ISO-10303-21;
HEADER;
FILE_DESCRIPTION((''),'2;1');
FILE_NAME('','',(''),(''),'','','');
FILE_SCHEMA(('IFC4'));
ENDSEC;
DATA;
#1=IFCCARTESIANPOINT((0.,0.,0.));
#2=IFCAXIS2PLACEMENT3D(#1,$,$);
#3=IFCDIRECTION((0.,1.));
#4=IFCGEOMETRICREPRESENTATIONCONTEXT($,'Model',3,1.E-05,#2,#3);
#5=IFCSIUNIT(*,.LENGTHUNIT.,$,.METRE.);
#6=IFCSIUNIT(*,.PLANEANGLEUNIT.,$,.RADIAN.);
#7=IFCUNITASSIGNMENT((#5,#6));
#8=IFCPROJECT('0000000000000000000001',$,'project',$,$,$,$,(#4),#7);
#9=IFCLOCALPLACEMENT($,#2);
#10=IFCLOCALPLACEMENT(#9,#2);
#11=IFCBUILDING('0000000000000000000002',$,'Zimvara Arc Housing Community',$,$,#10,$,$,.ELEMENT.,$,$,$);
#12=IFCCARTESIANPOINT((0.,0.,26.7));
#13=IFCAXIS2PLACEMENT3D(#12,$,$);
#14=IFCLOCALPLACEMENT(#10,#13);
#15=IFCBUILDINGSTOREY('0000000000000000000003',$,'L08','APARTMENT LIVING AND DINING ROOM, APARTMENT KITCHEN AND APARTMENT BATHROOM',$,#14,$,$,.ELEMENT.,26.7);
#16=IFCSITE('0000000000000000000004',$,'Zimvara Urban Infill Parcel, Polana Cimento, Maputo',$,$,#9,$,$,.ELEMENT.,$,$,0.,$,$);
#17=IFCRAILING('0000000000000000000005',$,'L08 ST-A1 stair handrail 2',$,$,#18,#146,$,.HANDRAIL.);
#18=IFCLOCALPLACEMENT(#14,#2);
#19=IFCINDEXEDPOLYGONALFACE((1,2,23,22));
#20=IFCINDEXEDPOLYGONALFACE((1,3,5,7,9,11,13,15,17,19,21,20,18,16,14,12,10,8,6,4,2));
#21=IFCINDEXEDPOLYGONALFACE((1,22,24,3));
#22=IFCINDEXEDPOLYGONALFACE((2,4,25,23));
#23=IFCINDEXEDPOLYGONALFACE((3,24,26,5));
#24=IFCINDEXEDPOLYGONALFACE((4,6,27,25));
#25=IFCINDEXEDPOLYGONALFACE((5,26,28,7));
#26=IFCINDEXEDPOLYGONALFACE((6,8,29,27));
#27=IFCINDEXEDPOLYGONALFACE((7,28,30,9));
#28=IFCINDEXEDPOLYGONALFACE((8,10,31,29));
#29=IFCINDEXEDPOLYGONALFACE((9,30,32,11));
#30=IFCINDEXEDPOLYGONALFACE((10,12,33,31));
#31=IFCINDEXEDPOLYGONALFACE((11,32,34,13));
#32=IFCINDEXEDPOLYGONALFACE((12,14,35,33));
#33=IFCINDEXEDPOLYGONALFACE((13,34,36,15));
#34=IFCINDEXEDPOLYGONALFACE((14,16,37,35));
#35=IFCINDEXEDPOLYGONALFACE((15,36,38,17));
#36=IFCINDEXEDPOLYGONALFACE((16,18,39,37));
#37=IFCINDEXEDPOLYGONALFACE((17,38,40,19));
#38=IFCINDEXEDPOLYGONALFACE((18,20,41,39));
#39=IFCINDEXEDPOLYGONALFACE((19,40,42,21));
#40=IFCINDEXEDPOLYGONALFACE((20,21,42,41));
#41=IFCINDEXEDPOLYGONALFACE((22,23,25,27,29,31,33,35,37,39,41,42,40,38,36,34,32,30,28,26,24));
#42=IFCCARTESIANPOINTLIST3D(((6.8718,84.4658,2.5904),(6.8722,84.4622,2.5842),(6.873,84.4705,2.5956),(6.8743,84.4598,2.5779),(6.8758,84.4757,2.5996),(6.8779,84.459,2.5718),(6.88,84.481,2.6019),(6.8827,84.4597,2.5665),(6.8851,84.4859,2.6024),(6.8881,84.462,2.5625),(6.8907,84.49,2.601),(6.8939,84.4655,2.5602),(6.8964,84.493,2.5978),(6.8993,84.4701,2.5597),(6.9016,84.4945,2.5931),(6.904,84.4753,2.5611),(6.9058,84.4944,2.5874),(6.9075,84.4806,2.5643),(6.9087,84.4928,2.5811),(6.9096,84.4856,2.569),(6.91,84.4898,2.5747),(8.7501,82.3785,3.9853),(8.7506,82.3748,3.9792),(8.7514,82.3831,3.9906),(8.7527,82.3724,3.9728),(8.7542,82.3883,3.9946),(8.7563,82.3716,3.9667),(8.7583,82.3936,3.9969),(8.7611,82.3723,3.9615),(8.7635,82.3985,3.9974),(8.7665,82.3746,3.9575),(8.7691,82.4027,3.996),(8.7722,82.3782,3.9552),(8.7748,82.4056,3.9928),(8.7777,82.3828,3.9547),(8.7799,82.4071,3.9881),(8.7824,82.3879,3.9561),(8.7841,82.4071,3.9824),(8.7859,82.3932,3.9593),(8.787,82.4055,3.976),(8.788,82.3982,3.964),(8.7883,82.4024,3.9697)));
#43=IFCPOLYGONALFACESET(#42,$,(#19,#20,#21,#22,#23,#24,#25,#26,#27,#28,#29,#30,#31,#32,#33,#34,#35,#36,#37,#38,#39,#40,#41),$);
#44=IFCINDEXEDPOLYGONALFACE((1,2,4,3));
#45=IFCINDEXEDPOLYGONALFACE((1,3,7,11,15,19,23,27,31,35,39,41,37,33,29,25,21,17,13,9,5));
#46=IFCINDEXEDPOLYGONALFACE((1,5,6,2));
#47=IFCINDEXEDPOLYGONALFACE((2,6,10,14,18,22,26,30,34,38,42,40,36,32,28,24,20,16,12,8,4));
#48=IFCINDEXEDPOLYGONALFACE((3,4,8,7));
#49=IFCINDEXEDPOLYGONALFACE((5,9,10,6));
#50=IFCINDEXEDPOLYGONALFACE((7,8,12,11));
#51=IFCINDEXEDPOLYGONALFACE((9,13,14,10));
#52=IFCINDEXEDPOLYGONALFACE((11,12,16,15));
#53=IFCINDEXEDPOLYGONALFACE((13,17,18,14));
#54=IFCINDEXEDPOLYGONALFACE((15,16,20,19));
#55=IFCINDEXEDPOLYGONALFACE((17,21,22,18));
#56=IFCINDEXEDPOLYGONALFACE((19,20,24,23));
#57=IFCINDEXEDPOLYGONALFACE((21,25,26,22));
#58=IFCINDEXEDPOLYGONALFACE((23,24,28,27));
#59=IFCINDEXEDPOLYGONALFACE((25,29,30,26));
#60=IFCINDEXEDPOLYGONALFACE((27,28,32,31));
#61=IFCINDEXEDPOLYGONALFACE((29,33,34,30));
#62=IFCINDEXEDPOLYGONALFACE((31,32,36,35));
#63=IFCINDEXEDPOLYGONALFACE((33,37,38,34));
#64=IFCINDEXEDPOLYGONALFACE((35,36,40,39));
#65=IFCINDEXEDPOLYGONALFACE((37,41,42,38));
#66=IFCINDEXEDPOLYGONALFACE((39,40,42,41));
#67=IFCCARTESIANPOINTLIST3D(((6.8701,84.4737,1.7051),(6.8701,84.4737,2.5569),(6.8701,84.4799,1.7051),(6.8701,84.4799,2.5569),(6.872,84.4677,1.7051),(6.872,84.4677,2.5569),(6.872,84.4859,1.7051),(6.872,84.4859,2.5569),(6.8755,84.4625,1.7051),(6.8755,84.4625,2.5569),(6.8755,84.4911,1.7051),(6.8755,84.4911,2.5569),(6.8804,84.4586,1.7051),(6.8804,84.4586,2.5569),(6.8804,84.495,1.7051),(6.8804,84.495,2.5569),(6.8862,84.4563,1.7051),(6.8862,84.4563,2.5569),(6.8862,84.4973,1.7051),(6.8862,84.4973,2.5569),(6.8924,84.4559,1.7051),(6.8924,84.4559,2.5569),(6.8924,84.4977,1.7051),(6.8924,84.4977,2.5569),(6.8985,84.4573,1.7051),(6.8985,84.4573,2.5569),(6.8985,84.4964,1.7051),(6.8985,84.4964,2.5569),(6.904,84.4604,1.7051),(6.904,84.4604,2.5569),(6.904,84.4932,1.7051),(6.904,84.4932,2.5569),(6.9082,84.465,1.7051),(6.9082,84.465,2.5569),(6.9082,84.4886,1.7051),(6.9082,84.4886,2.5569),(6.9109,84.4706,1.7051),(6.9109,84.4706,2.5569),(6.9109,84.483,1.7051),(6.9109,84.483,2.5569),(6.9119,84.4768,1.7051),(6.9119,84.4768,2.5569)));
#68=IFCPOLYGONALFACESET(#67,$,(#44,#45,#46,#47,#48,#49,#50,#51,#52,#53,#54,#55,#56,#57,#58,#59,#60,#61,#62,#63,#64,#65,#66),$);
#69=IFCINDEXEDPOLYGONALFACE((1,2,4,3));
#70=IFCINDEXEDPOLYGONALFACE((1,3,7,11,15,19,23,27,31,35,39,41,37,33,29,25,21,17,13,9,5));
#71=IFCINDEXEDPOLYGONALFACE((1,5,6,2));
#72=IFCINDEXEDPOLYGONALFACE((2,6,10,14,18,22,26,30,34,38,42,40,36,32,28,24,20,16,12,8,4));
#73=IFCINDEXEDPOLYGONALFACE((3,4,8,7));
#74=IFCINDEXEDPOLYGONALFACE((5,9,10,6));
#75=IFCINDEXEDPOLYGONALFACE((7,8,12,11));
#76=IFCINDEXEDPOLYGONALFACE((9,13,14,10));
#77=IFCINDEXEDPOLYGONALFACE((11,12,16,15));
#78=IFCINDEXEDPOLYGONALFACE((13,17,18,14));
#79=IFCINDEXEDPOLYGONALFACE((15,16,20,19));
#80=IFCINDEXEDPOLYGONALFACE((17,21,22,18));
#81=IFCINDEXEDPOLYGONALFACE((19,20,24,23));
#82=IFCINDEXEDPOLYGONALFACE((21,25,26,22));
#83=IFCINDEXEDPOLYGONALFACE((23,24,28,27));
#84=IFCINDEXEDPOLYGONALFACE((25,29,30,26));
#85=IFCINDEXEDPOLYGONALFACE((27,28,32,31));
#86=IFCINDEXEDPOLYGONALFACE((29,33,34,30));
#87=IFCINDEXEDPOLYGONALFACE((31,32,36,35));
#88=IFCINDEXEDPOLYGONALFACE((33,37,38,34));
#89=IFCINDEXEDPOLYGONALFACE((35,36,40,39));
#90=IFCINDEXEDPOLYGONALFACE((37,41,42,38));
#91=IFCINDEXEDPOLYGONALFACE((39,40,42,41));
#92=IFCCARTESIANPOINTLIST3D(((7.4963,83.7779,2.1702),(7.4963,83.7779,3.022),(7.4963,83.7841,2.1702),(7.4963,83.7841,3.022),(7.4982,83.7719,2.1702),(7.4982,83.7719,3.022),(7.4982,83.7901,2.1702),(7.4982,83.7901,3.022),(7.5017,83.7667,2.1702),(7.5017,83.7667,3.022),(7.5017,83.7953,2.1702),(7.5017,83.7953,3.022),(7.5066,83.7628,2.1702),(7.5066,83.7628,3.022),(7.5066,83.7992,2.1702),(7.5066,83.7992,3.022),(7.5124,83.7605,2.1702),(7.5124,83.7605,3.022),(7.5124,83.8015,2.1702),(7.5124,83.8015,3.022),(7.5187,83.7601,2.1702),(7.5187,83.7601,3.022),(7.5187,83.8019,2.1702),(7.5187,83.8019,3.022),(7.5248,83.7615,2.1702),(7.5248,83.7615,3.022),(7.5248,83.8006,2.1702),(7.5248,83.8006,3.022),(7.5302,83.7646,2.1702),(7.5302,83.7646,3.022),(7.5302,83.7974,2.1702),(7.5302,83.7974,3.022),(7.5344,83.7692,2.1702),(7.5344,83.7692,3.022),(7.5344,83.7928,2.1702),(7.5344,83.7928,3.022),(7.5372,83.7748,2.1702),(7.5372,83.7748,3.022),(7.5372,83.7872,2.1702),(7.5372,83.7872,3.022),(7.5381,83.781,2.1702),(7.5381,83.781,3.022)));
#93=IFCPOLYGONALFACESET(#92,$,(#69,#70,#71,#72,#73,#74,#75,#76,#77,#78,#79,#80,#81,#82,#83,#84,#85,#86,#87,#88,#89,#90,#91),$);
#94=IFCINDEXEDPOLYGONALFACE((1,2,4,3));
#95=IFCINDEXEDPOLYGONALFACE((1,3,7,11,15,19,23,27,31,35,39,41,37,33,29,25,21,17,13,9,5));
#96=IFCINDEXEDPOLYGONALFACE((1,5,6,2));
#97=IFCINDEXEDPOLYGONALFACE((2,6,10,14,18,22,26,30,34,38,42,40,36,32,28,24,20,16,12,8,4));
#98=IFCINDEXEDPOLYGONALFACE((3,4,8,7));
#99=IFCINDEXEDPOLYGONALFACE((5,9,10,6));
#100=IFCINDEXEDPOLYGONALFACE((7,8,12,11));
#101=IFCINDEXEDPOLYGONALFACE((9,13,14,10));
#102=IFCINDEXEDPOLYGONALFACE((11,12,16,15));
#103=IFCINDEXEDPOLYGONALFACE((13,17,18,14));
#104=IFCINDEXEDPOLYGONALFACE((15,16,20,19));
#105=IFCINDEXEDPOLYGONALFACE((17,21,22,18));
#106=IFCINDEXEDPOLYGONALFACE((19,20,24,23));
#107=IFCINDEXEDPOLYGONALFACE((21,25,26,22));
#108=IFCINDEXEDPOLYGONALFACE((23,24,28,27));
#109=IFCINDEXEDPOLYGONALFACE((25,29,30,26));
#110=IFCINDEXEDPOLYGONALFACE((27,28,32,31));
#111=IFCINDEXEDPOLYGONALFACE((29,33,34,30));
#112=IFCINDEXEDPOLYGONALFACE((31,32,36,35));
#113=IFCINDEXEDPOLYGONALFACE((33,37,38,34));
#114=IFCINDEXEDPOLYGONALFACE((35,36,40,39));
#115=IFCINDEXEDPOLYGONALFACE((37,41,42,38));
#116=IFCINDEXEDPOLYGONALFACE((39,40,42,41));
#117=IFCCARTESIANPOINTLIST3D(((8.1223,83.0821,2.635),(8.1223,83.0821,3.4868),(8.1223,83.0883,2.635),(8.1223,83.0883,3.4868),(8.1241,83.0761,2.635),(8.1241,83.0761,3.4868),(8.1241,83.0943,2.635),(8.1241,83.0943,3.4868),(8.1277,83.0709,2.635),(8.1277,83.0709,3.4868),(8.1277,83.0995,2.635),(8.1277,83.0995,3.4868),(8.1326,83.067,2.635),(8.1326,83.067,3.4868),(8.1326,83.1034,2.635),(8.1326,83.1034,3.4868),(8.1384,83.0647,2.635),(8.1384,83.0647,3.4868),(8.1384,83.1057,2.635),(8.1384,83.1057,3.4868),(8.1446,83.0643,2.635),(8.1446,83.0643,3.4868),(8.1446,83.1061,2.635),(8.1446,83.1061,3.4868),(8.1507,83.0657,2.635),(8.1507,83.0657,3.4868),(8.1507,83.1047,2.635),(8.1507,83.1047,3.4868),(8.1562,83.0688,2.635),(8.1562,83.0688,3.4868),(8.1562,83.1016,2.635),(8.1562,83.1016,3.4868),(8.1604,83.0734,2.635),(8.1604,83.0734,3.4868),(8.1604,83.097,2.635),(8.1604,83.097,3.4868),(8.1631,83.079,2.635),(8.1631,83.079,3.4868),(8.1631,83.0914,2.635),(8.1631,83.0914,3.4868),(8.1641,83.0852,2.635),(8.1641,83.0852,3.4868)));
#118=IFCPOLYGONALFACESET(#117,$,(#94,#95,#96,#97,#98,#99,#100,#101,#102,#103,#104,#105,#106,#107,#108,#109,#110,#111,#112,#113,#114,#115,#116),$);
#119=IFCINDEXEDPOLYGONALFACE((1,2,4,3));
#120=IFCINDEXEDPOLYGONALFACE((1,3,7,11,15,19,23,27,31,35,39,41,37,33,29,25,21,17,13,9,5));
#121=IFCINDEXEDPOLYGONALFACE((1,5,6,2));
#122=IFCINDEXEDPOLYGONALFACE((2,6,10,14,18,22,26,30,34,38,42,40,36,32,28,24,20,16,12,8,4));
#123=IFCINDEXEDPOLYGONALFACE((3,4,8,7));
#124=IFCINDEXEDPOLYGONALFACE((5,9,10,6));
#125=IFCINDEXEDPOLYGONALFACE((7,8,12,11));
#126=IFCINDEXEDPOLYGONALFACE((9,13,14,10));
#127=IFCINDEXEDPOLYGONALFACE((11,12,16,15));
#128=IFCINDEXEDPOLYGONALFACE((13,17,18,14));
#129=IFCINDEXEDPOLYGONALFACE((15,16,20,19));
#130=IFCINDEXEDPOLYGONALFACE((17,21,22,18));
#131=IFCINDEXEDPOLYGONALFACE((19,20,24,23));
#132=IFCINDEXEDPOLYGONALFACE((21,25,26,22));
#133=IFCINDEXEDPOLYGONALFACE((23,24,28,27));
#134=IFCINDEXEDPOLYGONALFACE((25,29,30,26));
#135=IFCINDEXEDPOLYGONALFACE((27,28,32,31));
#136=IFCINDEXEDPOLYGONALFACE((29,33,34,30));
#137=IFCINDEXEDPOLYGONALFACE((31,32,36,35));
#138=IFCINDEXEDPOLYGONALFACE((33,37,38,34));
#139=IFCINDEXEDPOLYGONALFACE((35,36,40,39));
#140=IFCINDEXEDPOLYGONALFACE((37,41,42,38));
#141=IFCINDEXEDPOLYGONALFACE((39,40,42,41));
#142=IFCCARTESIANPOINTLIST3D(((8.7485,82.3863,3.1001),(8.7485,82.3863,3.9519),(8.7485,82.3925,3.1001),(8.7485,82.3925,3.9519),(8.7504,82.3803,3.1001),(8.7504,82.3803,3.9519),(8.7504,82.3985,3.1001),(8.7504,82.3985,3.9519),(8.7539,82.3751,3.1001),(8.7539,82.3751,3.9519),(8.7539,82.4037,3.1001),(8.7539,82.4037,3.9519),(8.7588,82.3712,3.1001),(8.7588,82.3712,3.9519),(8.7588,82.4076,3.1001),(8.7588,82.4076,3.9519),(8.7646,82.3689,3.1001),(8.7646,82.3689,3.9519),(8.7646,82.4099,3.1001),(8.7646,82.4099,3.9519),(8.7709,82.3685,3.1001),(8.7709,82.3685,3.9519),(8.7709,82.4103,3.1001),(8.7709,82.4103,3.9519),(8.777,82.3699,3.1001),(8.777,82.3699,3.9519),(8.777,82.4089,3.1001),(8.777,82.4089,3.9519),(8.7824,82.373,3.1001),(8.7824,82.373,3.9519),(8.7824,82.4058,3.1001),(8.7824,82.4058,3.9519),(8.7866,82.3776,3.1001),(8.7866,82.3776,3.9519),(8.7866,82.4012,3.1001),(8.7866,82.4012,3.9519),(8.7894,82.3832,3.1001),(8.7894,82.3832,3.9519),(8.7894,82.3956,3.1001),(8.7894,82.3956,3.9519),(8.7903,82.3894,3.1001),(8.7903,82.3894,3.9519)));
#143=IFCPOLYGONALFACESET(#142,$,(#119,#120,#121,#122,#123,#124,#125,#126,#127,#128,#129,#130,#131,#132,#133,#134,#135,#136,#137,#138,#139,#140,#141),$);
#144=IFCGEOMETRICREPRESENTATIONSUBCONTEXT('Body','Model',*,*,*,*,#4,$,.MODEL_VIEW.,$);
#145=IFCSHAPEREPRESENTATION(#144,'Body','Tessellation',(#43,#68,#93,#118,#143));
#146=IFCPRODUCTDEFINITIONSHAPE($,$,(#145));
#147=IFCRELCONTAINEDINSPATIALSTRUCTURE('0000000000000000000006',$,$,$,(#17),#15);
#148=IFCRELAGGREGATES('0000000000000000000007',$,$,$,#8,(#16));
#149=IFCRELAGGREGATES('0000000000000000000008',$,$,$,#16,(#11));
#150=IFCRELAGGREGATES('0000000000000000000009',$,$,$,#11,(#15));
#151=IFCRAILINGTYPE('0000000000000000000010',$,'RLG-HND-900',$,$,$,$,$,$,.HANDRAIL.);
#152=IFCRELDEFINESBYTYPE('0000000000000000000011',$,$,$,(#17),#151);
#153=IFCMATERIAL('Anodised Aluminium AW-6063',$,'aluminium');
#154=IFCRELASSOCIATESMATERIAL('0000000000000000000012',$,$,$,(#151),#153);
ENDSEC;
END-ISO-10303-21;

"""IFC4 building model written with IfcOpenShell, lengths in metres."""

from ifc_helpers import new_model, si_unit, direction, frame, origin, origin_2d, place, context, subcontext, project, spatial, circle, extrude, material, type_object, element, save


model = new_model("IFC4")

# Units and contexts
model_context = context("Model", 3, precision=1e-05, world=origin(), true_north=direction((0.0, 1.0)))
body_context = subcontext(model_context, "Body", "Model", "MODEL_VIEW")
ifc_project = project(units=[si_unit("LENGTHUNIT", "METRE"), si_unit("PLANEANGLEUNIT", "RADIAN")], contexts=[model_context])

# Site, building, storey
site_placement = place(None, origin())
site = spatial("IfcSite", under=ifc_project, at=site_placement, Name="Zimvara Urban Infill Parcel, Polana Cimento, Maputo", CompositionType="ELEMENT", RefElevation=0.0)
building_placement = place(site_placement, origin())
building = spatial("IfcBuilding", under=site, at=building_placement, Name="Zimvara Arc Housing Community", CompositionType="ELEMENT")
storey_placement = place(building_placement, frame((0.0, 0.0, 26.7)))
storey = spatial("IfcBuildingStorey", under=building, at=storey_placement, Name="L08", Description="APARTMENT LIVING AND DINING ROOM, APARTMENT KITCHEN AND APARTMENT BATHROOM", CompositionType="ELEMENT", Elevation=26.7)

# Railing
ifc_material_1 = material(Name="Anodised Aluminium AW-6063", Category="aluminium")
railing_type_1 = type_object("IfcRailingType", Name="RLG-HND-900", PredefinedType="HANDRAIL", material=ifc_material_1)
railing_1_placement = place(storey_placement, frame((6.8909, 84.4768, 1.7051)))
element("IfcRailing", 1, at=railing_1_placement, inside=storey, type_object=railing_type_1, Name="L08 ST-A1 stair handrail 2", PredefinedType="HANDRAIL", context=body_context, shape_type="SweptSolid", body=[
    extrude(circle(Radius=0.0239, at=origin_2d()), frame((0.0, 0.0, 0.876), z_axis=(0.599068, -0.665718, 0.444902), x_axis=(0.743337, 0.668917, 0.0)), (0.0, 0.0, 1.0), 3.1355),
    extrude(circle(Radius=0.021, at=origin_2d()), origin(), (0.0, 0.0, 1.0), 0.8518),
    extrude(circle(Radius=0.021, at=origin_2d()), frame((0.6262, -0.6958, 0.4651)), (0.0, 0.0, 1.0), 0.8518),
    extrude(circle(Radius=0.021, at=origin_2d()), frame((1.2522, -1.3916, 0.9299)), (0.0, 0.0, 1.0), 0.8518),
    extrude(circle(Radius=0.021, at=origin_2d()), frame((1.8784, -2.0874, 1.395)), (0.0, 0.0, 1.0), 0.8518),
])

save(model, "model.ifc")
